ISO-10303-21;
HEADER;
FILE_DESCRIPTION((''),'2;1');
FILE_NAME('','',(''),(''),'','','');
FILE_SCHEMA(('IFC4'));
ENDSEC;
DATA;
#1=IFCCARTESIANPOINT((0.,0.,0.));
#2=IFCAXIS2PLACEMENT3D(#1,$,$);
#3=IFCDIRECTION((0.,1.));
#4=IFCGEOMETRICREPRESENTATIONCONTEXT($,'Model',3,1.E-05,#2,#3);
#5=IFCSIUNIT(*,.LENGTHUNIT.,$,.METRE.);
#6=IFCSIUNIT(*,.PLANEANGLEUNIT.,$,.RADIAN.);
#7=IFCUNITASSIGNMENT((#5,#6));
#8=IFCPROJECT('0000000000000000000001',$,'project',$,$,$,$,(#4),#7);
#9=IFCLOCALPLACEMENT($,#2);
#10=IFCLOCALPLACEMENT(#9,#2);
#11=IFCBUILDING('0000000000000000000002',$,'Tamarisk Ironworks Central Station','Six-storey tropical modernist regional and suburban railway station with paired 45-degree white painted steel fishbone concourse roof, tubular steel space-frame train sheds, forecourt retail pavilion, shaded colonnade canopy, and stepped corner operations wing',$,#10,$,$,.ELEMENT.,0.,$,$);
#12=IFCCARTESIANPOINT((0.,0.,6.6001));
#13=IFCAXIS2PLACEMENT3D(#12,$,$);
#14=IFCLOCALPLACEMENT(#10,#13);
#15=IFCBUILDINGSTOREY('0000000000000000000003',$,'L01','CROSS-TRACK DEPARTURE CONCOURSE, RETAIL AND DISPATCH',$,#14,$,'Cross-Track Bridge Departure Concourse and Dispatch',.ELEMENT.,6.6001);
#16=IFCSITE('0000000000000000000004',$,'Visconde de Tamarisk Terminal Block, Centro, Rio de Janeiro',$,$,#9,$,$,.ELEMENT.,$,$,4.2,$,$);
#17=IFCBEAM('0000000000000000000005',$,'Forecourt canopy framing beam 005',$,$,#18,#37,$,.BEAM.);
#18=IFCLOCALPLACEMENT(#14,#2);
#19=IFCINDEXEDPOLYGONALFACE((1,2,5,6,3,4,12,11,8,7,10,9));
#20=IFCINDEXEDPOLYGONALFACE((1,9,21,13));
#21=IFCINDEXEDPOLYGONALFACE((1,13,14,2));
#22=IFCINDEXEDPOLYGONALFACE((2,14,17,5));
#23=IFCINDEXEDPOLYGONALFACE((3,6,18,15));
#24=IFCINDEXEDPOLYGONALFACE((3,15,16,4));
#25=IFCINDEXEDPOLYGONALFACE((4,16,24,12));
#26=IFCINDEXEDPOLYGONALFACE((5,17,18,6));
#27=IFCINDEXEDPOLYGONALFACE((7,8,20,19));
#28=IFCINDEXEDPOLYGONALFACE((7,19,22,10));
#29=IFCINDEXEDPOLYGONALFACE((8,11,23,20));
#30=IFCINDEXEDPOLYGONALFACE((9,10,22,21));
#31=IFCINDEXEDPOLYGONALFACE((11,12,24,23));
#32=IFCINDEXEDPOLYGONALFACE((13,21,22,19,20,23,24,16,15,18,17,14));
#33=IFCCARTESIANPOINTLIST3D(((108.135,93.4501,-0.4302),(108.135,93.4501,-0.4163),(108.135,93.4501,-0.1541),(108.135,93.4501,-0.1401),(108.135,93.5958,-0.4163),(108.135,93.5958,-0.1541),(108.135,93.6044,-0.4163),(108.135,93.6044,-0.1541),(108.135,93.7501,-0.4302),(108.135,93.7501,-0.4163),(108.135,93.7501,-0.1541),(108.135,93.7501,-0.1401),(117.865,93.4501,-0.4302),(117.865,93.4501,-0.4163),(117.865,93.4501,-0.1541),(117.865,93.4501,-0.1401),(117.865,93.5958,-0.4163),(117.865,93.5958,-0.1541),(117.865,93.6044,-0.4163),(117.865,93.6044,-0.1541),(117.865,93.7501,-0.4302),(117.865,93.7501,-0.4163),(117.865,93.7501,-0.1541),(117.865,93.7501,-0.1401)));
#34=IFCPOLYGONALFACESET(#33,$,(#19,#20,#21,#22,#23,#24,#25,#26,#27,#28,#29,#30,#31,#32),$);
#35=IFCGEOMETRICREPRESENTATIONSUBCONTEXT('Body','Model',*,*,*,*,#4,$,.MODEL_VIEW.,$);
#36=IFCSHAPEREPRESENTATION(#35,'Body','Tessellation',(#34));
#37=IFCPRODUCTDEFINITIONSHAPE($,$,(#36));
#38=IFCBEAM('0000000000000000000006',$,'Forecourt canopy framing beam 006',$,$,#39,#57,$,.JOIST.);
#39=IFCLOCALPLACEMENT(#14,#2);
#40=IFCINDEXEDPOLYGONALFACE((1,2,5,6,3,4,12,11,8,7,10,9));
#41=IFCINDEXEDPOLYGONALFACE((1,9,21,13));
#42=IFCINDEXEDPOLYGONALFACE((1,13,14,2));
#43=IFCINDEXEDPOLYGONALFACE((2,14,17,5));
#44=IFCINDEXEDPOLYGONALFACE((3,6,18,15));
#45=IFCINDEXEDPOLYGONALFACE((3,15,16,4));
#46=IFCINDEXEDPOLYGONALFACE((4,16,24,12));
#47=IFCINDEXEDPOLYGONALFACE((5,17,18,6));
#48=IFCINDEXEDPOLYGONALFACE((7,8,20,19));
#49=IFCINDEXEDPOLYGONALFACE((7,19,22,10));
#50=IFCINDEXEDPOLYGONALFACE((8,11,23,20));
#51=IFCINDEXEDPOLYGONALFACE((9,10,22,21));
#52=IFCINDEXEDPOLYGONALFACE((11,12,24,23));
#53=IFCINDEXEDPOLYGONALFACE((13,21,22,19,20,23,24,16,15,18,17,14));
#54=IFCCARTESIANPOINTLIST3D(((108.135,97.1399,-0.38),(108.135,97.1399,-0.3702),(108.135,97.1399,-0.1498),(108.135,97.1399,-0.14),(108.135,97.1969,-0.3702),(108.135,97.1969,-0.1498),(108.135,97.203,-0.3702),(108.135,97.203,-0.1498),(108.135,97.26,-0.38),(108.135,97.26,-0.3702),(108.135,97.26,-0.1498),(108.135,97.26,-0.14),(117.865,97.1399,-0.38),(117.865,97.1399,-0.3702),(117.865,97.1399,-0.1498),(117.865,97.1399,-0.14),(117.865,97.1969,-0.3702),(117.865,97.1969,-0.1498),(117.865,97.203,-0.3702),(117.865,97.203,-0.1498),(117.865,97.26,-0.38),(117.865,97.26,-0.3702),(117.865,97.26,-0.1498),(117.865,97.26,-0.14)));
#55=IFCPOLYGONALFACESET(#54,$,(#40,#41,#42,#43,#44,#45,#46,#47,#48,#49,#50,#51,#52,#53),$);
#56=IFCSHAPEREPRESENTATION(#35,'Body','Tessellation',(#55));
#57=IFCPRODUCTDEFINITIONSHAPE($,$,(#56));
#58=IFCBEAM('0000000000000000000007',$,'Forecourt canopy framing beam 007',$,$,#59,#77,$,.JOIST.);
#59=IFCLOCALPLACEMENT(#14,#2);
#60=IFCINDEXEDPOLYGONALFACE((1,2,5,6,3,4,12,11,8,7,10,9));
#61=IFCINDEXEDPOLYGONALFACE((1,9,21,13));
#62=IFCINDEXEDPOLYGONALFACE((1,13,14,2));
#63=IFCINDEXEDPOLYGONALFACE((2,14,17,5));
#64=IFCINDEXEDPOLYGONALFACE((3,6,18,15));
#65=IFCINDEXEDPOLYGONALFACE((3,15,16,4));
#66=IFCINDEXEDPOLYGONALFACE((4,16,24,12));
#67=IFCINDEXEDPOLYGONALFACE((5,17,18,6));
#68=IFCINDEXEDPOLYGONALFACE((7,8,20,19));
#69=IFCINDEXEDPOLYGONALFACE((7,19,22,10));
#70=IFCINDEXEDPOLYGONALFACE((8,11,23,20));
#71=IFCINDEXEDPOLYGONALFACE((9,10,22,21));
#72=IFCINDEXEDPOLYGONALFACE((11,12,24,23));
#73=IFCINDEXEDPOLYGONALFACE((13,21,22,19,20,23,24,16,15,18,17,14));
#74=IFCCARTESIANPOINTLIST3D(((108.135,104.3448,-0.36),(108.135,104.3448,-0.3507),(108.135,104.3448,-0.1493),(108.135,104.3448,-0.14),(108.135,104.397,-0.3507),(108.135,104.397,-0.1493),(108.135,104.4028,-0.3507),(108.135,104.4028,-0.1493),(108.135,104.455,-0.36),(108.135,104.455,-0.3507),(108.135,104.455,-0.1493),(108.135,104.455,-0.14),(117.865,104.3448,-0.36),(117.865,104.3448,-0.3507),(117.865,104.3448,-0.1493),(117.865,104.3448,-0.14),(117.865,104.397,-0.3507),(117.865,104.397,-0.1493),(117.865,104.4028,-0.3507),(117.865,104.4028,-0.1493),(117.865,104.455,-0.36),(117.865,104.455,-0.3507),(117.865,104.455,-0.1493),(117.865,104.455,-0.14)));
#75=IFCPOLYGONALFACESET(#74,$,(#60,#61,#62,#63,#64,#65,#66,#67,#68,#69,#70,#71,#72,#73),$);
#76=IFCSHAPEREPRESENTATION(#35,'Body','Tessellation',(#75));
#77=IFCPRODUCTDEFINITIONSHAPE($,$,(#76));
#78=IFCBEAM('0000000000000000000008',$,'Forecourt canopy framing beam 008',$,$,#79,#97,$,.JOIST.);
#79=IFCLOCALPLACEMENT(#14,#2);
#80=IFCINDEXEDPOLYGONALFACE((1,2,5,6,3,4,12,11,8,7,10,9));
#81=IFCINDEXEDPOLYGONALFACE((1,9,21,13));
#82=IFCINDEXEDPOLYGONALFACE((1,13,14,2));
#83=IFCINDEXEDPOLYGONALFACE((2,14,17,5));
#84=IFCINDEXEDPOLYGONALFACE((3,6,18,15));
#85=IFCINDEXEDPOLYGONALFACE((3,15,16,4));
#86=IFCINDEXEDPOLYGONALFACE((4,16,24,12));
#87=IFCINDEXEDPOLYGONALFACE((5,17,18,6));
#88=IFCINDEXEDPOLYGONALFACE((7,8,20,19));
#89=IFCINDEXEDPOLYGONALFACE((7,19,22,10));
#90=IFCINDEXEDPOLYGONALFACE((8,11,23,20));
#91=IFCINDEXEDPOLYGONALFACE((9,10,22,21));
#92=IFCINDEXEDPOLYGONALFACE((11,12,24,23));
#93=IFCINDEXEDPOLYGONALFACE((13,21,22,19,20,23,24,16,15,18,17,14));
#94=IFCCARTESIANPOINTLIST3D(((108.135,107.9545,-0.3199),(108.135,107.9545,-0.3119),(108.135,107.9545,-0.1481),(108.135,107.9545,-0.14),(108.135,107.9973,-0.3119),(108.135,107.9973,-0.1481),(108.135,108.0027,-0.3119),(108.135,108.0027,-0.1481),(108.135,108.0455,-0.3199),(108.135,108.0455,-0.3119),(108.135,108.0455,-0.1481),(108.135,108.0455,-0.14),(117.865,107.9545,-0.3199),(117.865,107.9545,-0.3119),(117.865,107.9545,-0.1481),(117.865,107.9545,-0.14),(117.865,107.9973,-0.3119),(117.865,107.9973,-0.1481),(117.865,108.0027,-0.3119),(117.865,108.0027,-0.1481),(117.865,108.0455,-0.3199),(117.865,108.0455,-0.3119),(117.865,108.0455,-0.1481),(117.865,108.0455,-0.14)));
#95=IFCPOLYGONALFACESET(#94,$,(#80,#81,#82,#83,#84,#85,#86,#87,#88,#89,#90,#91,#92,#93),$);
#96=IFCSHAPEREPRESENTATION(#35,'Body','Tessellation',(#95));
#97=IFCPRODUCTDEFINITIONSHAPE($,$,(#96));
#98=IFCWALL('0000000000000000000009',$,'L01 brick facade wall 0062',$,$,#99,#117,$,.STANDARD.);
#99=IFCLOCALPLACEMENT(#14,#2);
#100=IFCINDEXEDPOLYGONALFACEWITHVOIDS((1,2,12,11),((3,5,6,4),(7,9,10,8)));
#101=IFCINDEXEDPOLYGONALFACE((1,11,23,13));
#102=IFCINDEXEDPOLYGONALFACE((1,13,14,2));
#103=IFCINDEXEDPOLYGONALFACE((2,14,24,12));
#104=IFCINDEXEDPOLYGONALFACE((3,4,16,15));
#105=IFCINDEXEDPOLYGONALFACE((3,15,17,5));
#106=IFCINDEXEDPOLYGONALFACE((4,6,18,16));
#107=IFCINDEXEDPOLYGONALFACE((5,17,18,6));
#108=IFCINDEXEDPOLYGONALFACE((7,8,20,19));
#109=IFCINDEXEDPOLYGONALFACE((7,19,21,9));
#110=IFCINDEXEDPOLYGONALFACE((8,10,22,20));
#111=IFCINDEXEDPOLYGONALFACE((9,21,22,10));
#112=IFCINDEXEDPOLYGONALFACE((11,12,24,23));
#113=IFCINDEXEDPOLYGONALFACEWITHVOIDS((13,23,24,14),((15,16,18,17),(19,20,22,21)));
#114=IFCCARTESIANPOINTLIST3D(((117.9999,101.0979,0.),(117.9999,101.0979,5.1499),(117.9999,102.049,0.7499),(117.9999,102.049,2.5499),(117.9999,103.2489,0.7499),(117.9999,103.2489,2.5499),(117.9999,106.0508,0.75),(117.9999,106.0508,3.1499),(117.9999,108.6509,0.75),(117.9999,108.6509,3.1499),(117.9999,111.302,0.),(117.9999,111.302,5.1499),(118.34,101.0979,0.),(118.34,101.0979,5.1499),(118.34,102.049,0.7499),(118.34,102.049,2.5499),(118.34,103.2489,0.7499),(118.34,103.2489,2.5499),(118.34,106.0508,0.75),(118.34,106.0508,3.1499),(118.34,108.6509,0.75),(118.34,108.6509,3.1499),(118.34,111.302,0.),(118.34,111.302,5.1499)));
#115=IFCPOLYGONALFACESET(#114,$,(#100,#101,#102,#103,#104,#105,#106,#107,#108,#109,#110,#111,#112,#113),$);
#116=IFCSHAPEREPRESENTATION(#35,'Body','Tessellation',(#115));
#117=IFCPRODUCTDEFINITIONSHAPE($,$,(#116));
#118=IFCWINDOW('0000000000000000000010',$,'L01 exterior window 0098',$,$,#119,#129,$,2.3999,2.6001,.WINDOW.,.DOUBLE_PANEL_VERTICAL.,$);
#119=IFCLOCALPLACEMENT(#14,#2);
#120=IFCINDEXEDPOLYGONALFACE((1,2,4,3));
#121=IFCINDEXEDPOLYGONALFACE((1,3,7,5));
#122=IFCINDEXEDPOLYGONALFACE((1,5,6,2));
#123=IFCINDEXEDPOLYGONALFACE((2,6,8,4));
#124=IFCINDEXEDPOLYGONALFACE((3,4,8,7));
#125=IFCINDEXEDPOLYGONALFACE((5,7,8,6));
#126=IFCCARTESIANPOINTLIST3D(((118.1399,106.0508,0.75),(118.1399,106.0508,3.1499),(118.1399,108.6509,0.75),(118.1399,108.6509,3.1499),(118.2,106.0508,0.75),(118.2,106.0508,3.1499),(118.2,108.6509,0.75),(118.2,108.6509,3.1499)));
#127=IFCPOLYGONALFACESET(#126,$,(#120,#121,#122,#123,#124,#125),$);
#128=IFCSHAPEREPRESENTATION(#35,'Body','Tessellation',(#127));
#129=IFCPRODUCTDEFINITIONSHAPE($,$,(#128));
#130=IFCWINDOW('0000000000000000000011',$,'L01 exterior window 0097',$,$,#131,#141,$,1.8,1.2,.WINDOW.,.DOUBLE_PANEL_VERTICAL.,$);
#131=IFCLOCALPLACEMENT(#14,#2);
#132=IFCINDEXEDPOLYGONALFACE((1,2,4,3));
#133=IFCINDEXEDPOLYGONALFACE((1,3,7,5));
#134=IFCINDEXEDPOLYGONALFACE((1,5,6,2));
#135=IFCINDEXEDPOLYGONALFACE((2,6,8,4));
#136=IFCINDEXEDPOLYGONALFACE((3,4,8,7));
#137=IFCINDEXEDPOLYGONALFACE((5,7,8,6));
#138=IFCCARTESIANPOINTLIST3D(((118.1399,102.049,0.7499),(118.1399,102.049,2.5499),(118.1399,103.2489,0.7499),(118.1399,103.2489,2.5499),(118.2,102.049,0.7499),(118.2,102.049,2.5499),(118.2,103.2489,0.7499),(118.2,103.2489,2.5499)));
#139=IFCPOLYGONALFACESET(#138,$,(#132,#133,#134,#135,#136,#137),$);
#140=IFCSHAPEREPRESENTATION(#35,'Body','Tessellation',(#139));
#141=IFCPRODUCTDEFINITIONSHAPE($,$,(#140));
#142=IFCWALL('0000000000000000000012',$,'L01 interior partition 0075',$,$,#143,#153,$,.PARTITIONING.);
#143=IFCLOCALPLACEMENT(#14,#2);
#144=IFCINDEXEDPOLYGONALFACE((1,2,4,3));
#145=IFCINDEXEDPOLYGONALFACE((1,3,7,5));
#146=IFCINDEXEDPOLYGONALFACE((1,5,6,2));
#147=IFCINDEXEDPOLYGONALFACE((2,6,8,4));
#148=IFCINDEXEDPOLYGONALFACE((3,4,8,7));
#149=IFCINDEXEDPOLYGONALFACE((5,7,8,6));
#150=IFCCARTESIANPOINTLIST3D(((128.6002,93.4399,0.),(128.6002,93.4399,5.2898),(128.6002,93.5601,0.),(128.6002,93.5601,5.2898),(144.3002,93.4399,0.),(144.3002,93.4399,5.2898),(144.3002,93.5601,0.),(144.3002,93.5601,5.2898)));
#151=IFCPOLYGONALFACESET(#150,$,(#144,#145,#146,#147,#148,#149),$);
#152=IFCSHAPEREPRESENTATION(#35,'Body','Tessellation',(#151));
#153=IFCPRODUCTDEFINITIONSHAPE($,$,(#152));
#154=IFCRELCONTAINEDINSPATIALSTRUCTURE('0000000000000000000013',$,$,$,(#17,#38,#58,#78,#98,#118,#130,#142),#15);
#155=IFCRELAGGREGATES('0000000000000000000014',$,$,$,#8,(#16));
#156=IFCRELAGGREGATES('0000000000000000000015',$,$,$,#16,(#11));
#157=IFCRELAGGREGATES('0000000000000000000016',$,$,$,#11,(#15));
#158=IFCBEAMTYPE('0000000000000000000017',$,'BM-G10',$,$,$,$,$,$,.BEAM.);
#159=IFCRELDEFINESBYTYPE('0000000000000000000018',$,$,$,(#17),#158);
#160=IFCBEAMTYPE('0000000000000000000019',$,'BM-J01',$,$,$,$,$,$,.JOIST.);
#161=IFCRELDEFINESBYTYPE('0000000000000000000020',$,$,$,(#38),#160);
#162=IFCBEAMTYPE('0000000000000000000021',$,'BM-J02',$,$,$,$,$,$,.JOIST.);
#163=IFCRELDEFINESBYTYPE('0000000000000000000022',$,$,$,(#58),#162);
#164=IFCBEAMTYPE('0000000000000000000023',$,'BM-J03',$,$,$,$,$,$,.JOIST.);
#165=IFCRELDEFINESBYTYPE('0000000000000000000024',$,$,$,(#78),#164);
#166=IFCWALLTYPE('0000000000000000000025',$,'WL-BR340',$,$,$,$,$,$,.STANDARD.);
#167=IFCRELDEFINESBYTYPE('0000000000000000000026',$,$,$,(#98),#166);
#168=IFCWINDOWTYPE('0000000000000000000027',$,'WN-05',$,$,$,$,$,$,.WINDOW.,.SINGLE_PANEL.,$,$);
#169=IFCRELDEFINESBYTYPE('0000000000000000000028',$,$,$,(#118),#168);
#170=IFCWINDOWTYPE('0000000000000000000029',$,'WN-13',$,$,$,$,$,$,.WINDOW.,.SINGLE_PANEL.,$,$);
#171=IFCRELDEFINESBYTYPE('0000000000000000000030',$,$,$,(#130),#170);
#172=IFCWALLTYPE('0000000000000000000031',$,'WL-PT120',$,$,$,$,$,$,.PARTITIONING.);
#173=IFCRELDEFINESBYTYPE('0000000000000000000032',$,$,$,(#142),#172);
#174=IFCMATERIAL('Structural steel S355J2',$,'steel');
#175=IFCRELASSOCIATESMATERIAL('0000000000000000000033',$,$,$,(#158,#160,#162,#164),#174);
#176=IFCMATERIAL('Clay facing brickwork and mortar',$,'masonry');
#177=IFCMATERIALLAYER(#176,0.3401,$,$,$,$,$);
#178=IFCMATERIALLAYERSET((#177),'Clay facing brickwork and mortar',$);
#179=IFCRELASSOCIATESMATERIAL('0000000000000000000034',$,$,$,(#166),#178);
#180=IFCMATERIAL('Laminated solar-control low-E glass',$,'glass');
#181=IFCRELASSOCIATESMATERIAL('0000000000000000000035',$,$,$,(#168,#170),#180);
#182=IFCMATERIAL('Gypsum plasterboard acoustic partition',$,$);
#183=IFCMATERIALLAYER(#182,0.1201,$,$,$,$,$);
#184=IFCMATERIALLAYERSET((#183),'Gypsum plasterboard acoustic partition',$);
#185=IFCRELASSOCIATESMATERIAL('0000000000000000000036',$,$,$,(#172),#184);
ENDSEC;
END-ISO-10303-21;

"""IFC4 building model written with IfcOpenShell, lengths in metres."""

from ifc_helpers import new_model, si_unit, direction, frame, frame_2d, origin, origin_2d, place, context, subcontext, project, spatial, rectangle, i_section, extrude, material, layer, layer_set, material_profile, profile_set, type_object, element, fill, save


model = new_model("IFC4")

# Units and contexts
model_context = context("Model", 3, precision=1e-05, world=origin(), true_north=direction((0.0, 1.0)))
body_context = subcontext(model_context, "Body", "Model", "MODEL_VIEW")
ifc_project = project(units=[si_unit("LENGTHUNIT", "METRE"), si_unit("PLANEANGLEUNIT", "RADIAN")], contexts=[model_context])

# Site, building, storey
site_placement = place(None, origin())
site = spatial("IfcSite", under=ifc_project, at=site_placement, Name="Visconde de Tamarisk Terminal Block, Centro, Rio de Janeiro", CompositionType="ELEMENT", RefElevation=4.2)
building_placement = place(site_placement, origin())
building = spatial("IfcBuilding", under=site, at=building_placement, Name="Tamarisk Ironworks Central Station", Description="Six-storey tropical modernist regional and suburban railway station with paired 45-degree white painted steel fishbone concourse roof, tubular steel space-frame train sheds, forecourt retail pavilion, shaded colonnade canopy, and stepped corner operations wing", CompositionType="ELEMENT", ElevationOfRefHeight=0.0)
storey_placement = place(building_placement, frame((0.0, 0.0, 6.6001)))
storey = spatial("IfcBuildingStorey", under=building, at=storey_placement, Name="L01", Description="CROSS-TRACK DEPARTURE CONCOURSE, RETAIL AND DISPATCH", LongName="Cross-Track Bridge Departure Concourse and Dispatch", CompositionType="ELEMENT", Elevation=6.6001)

# Shared definitions
ifc_material_1 = material(Name="Structural steel S355J2", Category="steel")

# Beams
ifc_material_profile_1 = material_profile(ifc_material_1, i_section(OverallWidth=0.3, OverallDepth=0.29, WebThickness=0.0085, FlangeThickness=0.0139, at=origin_2d()), Name="HEA 300")
ifc_profile_set_1 = profile_set([ifc_material_profile_1], Name="Structural steel S355J2")
beam_type_1 = type_object("IfcBeamType", Name="BM-G10", PredefinedType="BEAM", material=ifc_profile_set_1)
beam_1_placement = place(storey_placement, frame((108.135, 93.6001, -0.2852), z_axis=(1.0, 0.0, 0.0), x_axis=(0.0, 1.0, 0.0)))
element("IfcBeam", 1, at=beam_1_placement, inside=storey, type_object=beam_type_1, Name="Forecourt canopy framing beam 005", PredefinedType="BEAM", context=body_context, shape_type="SweptSolid", body=[
    extrude(i_section(OverallWidth=0.3, OverallDepth=0.29, WebThickness=0.0085, FlangeThickness=0.0139, at=origin_2d()), origin(), (0.0, 0.0, 1.0), 9.73),
])
ifc_material_profile_2 = material_profile(ifc_material_1, i_section(OverallWidth=0.1201, OverallDepth=0.24, WebThickness=0.0061, FlangeThickness=0.0098, at=origin_2d()), Name="IPE 240")
ifc_profile_set_2 = profile_set([ifc_material_profile_2], Name="Structural steel S355J2")
beam_type_2 = type_object("IfcBeamType", Name="BM-J01", PredefinedType="JOIST", material=ifc_profile_set_2)
beam_2_placement = place(storey_placement, frame((108.135, 97.2, -0.26), z_axis=(1.0, 0.0, 0.0), x_axis=(0.0, 1.0, 0.0)))
element("IfcBeam", 2, at=beam_2_placement, inside=storey, type_object=beam_type_2, Name="Forecourt canopy framing beam 006", PredefinedType="JOIST", context=body_context, shape_type="SweptSolid", body=[
    extrude(i_section(OverallWidth=0.1201, OverallDepth=0.24, WebThickness=0.0061, FlangeThickness=0.0098, at=origin_2d()), origin(), (0.0, 0.0, 1.0), 9.73),
])
ifc_material_profile_3 = material_profile(ifc_material_1, i_section(OverallWidth=0.1101, OverallDepth=0.22, WebThickness=0.0059, FlangeThickness=0.0093, at=origin_2d()), Name="IPE 220")
ifc_profile_set_3 = profile_set([ifc_material_profile_3], Name="Structural steel S355J2")
beam_type_3 = type_object("IfcBeamType", Name="BM-J02", PredefinedType="JOIST", material=ifc_profile_set_3)
beam_3_placement = place(storey_placement, frame((108.135, 104.3999, -0.25), z_axis=(1.0, 0.0, 0.0), x_axis=(0.0, 1.0, 0.0)))
element("IfcBeam", 3, at=beam_3_placement, inside=storey, type_object=beam_type_3, Name="Forecourt canopy framing beam 007", PredefinedType="JOIST", context=body_context, shape_type="SweptSolid", body=[
    extrude(i_section(OverallWidth=0.1101, OverallDepth=0.22, WebThickness=0.0059, FlangeThickness=0.0093, at=origin_2d()), origin(), (0.0, 0.0, 1.0), 9.73),
])
ifc_material_profile_4 = material_profile(ifc_material_1, i_section(OverallWidth=0.0911, OverallDepth=0.1799, WebThickness=0.0054, FlangeThickness=0.0081, at=origin_2d()), Name="IPE 180")
ifc_profile_set_4 = profile_set([ifc_material_profile_4], Name="Structural steel S355J2")
beam_type_4 = type_object("IfcBeamType", Name="BM-J03", PredefinedType="JOIST", material=ifc_profile_set_4)
beam_4_placement = place(storey_placement, frame((108.135, 108.0, -0.23), z_axis=(1.0, 0.0, 0.0), x_axis=(0.0, 1.0, 0.0)))
element("IfcBeam", 4, at=beam_4_placement, inside=storey, type_object=beam_type_4, Name="Forecourt canopy framing beam 008", PredefinedType="JOIST", context=body_context, shape_type="SweptSolid", body=[
    extrude(i_section(OverallWidth=0.0911, OverallDepth=0.1799, WebThickness=0.0054, FlangeThickness=0.0081, at=origin_2d()), origin(), (0.0, 0.0, 1.0), 9.73),
])

# Wall, openings, windows
ifc_material_2 = material(Name="Clay facing brickwork and mortar", Category="masonry")
ifc_layer_1 = layer(ifc_material_2, 0.3401)
ifc_layer_set_1 = layer_set([ifc_layer_1], Name="Clay facing brickwork and mortar")
wall_type_1 = type_object("IfcWallType", Name="WL-BR340", PredefinedType="STANDARD", material=ifc_layer_set_1)
wall_1_placement = place(storey_placement, frame((118.1699, 101.0979, 0.0), z_axis=(0.0, 0.0, 1.0), x_axis=(0.0, 1.0, 0.0)))
wall_1 = element("IfcWall", 5, at=wall_1_placement, inside=storey, type_object=wall_type_1, Name="L01 brick facade wall 0062", PredefinedType="STANDARD", context=body_context, shape_type="SweptSolid", body=[
    extrude(rectangle(XDim=10.2041, YDim=0.3401, at=frame_2d((5.1021, 0.0))), origin(), (0.0, 0.0, 1.0), 5.1499),
])
opening_1_placement = place(wall_1_placement, frame((0.9509, 0.0, 0.75)))
opening_1 = element("IfcOpeningElement", 6, at=opening_1_placement, cuts=wall_1, PredefinedType="OPENING", context=body_context, shape_type="SweptSolid", body=[
    extrude(rectangle(XDim=1.2, YDim=1.8, at=frame_2d((0.6001, 0.8999))), frame((0.0, 0.1821, 0.0), z_axis=(0.0, -1.0, 0.0), x_axis=(1.0, 0.0, 0.0)), (0.0, 0.0, 1.0), 0.364),
])
opening_2_placement = place(wall_1_placement, frame((4.9529, 0.0, 0.75)))
opening_2 = element("IfcOpeningElement", 7, at=opening_2_placement, cuts=wall_1, PredefinedType="OPENING", context=body_context, shape_type="SweptSolid", body=[
    extrude(rectangle(XDim=2.6001, YDim=2.3999, at=frame_2d((1.3, 1.2))), frame((0.0, 0.1821, 0.0), z_axis=(0.0, -1.0, 0.0), x_axis=(1.0, 0.0, 0.0)), (0.0, 0.0, 1.0), 0.364),
])
ifc_material_3 = material(Name="Laminated solar-control low-E glass", Category="glass")
window_type_1 = type_object("IfcWindowType", Name="WN-05", PartitioningType="SINGLE_PANEL", PredefinedType="WINDOW", material=ifc_material_3)
window_1_placement = place(opening_2_placement, origin())
window_1 = element("IfcWindow", 8, at=window_1_placement, inside=storey, type_object=window_type_1, Name="L01 exterior window 0098", OverallHeight=2.3999, OverallWidth=2.6001, PartitioningType="DOUBLE_PANEL_VERTICAL", PredefinedType="WINDOW", context=body_context, shape_type="SweptSolid", body=[
    extrude(rectangle(XDim=2.6001, YDim=2.3999, at=frame_2d((1.3, 1.2))), frame((0.0, 0.03, 0.0), z_axis=(0.0, -1.0, 0.0), x_axis=(1.0, 0.0, 0.0)), (0.0, 0.0, 1.0), 0.0601),
])
fill(opening_2, window_1)
window_type_2 = type_object("IfcWindowType", Name="WN-13", PartitioningType="SINGLE_PANEL", PredefinedType="WINDOW", material=ifc_material_3)
window_2_placement = place(opening_1_placement, origin())
window_2 = element("IfcWindow", 9, at=window_2_placement, inside=storey, type_object=window_type_2, Name="L01 exterior window 0097", OverallHeight=1.8, OverallWidth=1.2, PartitioningType="DOUBLE_PANEL_VERTICAL", PredefinedType="WINDOW", context=body_context, shape_type="SweptSolid", body=[
    extrude(rectangle(XDim=1.2, YDim=1.8, at=frame_2d((0.6001, 0.8999))), frame((0.0, 0.03, 0.0), z_axis=(0.0, -1.0, 0.0), x_axis=(1.0, 0.0, 0.0)), (0.0, 0.0, 1.0), 0.0601),
])
fill(opening_1, window_2)

# Wall
ifc_material_4 = material(Name="Gypsum plasterboard acoustic partition")
ifc_layer_2 = layer(ifc_material_4, 0.1201)
ifc_layer_set_2 = layer_set([ifc_layer_2], Name="Gypsum plasterboard acoustic partition")
wall_type_2 = type_object("IfcWallType", Name="WL-PT120", PredefinedType="PARTITIONING", material=ifc_layer_set_2)
wall_2_placement = place(storey_placement, frame((128.6001, 93.5, 0.0), z_axis=(0.0, 0.0, 1.0), x_axis=(1.0, 0.0, 0.0)))
element("IfcWall", 10, at=wall_2_placement, inside=storey, type_object=wall_type_2, Name="L01 interior partition 0075", PredefinedType="PARTITIONING", context=body_context, shape_type="SweptSolid", body=[
    extrude(rectangle(XDim=15.7, YDim=0.1201, at=frame_2d((7.8501, 0.0))), origin(), (0.0, 0.0, 1.0), 5.2898),
])

save(model, "model.ifc")
